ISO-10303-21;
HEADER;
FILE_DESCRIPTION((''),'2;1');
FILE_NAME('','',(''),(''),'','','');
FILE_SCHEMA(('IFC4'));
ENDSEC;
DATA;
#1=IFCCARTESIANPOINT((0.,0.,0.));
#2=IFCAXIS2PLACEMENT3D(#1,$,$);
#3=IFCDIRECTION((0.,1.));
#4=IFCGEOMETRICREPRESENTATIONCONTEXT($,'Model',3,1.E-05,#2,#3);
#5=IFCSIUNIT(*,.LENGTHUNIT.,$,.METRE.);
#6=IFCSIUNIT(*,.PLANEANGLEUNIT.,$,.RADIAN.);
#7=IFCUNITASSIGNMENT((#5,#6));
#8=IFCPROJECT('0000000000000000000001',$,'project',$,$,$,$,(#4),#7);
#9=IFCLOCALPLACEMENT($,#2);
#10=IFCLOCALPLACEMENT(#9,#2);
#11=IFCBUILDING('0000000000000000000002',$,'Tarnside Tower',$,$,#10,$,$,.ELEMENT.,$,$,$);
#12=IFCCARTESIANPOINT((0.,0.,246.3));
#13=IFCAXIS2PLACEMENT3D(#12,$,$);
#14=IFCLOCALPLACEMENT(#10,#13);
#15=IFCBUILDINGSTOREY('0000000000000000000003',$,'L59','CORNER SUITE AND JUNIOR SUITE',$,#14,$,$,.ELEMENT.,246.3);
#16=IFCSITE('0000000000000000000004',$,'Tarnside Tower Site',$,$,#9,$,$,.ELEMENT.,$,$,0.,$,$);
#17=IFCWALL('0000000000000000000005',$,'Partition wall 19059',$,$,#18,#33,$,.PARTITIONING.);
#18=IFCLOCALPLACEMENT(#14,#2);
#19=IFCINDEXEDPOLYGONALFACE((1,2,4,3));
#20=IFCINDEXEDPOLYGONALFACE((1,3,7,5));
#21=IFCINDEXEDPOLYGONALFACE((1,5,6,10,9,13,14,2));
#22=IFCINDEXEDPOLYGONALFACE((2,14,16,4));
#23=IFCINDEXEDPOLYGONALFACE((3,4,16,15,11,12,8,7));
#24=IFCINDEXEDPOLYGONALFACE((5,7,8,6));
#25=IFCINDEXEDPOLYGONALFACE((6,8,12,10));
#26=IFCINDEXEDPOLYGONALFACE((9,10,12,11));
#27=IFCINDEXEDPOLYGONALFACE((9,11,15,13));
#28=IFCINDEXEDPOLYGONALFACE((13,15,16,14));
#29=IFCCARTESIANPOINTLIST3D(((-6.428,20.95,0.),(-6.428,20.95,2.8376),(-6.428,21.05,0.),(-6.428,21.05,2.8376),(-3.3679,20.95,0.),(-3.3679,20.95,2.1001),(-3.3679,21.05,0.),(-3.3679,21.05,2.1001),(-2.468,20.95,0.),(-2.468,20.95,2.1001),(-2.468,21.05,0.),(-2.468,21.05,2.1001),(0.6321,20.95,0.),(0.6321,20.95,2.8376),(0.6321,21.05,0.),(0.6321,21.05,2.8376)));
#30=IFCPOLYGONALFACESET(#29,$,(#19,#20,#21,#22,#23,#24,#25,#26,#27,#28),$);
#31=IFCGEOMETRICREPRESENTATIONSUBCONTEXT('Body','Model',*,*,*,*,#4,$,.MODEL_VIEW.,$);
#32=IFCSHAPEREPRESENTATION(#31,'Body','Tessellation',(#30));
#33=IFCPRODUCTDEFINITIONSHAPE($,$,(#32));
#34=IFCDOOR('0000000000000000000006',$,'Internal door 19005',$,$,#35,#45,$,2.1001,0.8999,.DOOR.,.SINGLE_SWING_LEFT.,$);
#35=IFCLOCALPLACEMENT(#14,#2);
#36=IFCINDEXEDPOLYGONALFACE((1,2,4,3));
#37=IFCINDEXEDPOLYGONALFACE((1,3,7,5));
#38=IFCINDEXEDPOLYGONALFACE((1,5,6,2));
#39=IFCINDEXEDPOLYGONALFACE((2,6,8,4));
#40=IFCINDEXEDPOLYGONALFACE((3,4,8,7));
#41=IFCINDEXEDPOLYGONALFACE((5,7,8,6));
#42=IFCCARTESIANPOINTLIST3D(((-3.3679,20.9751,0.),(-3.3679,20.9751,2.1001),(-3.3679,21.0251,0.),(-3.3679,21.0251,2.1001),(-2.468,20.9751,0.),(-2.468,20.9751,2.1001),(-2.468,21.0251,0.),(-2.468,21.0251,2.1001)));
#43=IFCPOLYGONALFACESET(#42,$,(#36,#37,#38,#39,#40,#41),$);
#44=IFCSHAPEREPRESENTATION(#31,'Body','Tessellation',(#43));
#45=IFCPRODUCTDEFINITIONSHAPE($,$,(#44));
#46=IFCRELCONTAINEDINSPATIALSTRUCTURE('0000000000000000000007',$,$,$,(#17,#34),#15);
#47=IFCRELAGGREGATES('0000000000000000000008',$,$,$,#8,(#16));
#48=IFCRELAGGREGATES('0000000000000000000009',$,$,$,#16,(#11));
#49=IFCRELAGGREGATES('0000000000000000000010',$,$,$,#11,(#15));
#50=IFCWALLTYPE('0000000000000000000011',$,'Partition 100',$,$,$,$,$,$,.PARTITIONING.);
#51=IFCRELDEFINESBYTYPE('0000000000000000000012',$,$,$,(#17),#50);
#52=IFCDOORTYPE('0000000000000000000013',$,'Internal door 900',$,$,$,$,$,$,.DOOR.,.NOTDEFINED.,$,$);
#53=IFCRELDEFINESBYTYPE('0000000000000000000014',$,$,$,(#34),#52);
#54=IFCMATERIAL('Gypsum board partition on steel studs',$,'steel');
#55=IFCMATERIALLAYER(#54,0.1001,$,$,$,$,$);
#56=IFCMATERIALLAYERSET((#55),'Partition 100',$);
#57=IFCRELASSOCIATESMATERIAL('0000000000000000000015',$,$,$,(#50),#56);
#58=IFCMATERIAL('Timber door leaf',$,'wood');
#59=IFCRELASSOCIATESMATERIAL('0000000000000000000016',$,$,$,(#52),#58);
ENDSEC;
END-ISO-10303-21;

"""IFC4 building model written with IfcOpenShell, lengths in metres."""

from ifc_helpers import new_model, si_unit, direction, frame, frame_2d, origin, place, context, subcontext, project, spatial, rectangle, extrude, material, layer, layer_set, type_object, element, fill, save


model = new_model("IFC4")

# Units and contexts
model_context = context("Model", 3, precision=1e-05, world=origin(), true_north=direction((0.0, 1.0)))
body_context = subcontext(model_context, "Body", "Model", "MODEL_VIEW")
ifc_project = project(units=[si_unit("LENGTHUNIT", "METRE"), si_unit("PLANEANGLEUNIT", "RADIAN")], contexts=[model_context])

# Site, building, storey
site_placement = place(None, origin())
site = spatial("IfcSite", under=ifc_project, at=site_placement, Name="Tarnside Tower Site", CompositionType="ELEMENT", RefElevation=0.0)
building_placement = place(site_placement, origin())
building = spatial("IfcBuilding", under=site, at=building_placement, Name="Tarnside Tower", CompositionType="ELEMENT")
storey_placement = place(building_placement, frame((0.0, 0.0, 246.3)))
storey = spatial("IfcBuildingStorey", under=building, at=storey_placement, Name="L59", Description="CORNER SUITE AND JUNIOR SUITE", CompositionType="ELEMENT", Elevation=246.3)

# Shared definitions
ifc_material_1 = material(Name="Gypsum board partition on steel studs", Category="steel")

# Shared definitions
ifc_material_2 = material(Name="Timber door leaf", Category="wood")

# Shared definitions
ifc_layer_1 = layer(ifc_material_1, 0.1001)
ifc_layer_set_1 = layer_set([ifc_layer_1], Name="Partition 100")
wall_type_1 = type_object("IfcWallType", Name="Partition 100", PredefinedType="PARTITIONING", material=ifc_layer_set_1)

# Wall, opening, door
wall_1_placement = place(storey_placement, frame((0.6321, 21.0, 0.0), z_axis=(0.0, 0.0, 1.0), x_axis=(-1.0, 0.0, 0.0)))
wall_1 = element("IfcWall", 1, at=wall_1_placement, inside=storey, type_object=wall_type_1, Name="Partition wall 19059", PredefinedType="PARTITIONING", context=body_context, shape_type="SweptSolid", body=[
    extrude(rectangle(XDim=7.0601, YDim=0.1001, at=frame_2d((3.53, 0.0))), origin(), (0.0, 0.0, 1.0), 2.8376),
])
opening_1_placement = place(wall_1_placement, frame((3.1001, 0.0, 0.0)))
opening_1 = element("IfcOpeningElement", 2, at=opening_1_placement, cuts=wall_1, PredefinedType="OPENING", context=body_context, shape_type="SweptSolid", body=[
    extrude(rectangle(XDim=0.8999, YDim=2.1001, at=frame_2d((0.45, 1.05))), frame((0.0, 0.0601, 0.0), z_axis=(0.0, -1.0, 0.0), x_axis=(1.0, 0.0, 0.0)), (0.0, 0.0, 1.0), 0.1201),
])
door_type_1 = type_object("IfcDoorType", Name="Internal door 900", OperationType="NOTDEFINED", PredefinedType="DOOR", material=ifc_material_2)
door_1_placement = place(opening_1_placement, origin())
door_1 = element("IfcDoor", 3, at=door_1_placement, inside=storey, type_object=door_type_1, Name="Internal door 19005", OperationType="SINGLE_SWING_LEFT", OverallHeight=2.1001, OverallWidth=0.8999, PredefinedType="DOOR", context=body_context, shape_type="SweptSolid", body=[
    extrude(rectangle(XDim=0.8999, YDim=2.1001, at=frame_2d((0.45, 1.05))), frame((0.0, 0.0249, 0.0), z_axis=(0.0, -1.0, 0.0), x_axis=(1.0, 0.0, 0.0)), (0.0, 0.0, 1.0), 0.05),
])
fill(opening_1, door_1)

save(model, "model.ifc")
